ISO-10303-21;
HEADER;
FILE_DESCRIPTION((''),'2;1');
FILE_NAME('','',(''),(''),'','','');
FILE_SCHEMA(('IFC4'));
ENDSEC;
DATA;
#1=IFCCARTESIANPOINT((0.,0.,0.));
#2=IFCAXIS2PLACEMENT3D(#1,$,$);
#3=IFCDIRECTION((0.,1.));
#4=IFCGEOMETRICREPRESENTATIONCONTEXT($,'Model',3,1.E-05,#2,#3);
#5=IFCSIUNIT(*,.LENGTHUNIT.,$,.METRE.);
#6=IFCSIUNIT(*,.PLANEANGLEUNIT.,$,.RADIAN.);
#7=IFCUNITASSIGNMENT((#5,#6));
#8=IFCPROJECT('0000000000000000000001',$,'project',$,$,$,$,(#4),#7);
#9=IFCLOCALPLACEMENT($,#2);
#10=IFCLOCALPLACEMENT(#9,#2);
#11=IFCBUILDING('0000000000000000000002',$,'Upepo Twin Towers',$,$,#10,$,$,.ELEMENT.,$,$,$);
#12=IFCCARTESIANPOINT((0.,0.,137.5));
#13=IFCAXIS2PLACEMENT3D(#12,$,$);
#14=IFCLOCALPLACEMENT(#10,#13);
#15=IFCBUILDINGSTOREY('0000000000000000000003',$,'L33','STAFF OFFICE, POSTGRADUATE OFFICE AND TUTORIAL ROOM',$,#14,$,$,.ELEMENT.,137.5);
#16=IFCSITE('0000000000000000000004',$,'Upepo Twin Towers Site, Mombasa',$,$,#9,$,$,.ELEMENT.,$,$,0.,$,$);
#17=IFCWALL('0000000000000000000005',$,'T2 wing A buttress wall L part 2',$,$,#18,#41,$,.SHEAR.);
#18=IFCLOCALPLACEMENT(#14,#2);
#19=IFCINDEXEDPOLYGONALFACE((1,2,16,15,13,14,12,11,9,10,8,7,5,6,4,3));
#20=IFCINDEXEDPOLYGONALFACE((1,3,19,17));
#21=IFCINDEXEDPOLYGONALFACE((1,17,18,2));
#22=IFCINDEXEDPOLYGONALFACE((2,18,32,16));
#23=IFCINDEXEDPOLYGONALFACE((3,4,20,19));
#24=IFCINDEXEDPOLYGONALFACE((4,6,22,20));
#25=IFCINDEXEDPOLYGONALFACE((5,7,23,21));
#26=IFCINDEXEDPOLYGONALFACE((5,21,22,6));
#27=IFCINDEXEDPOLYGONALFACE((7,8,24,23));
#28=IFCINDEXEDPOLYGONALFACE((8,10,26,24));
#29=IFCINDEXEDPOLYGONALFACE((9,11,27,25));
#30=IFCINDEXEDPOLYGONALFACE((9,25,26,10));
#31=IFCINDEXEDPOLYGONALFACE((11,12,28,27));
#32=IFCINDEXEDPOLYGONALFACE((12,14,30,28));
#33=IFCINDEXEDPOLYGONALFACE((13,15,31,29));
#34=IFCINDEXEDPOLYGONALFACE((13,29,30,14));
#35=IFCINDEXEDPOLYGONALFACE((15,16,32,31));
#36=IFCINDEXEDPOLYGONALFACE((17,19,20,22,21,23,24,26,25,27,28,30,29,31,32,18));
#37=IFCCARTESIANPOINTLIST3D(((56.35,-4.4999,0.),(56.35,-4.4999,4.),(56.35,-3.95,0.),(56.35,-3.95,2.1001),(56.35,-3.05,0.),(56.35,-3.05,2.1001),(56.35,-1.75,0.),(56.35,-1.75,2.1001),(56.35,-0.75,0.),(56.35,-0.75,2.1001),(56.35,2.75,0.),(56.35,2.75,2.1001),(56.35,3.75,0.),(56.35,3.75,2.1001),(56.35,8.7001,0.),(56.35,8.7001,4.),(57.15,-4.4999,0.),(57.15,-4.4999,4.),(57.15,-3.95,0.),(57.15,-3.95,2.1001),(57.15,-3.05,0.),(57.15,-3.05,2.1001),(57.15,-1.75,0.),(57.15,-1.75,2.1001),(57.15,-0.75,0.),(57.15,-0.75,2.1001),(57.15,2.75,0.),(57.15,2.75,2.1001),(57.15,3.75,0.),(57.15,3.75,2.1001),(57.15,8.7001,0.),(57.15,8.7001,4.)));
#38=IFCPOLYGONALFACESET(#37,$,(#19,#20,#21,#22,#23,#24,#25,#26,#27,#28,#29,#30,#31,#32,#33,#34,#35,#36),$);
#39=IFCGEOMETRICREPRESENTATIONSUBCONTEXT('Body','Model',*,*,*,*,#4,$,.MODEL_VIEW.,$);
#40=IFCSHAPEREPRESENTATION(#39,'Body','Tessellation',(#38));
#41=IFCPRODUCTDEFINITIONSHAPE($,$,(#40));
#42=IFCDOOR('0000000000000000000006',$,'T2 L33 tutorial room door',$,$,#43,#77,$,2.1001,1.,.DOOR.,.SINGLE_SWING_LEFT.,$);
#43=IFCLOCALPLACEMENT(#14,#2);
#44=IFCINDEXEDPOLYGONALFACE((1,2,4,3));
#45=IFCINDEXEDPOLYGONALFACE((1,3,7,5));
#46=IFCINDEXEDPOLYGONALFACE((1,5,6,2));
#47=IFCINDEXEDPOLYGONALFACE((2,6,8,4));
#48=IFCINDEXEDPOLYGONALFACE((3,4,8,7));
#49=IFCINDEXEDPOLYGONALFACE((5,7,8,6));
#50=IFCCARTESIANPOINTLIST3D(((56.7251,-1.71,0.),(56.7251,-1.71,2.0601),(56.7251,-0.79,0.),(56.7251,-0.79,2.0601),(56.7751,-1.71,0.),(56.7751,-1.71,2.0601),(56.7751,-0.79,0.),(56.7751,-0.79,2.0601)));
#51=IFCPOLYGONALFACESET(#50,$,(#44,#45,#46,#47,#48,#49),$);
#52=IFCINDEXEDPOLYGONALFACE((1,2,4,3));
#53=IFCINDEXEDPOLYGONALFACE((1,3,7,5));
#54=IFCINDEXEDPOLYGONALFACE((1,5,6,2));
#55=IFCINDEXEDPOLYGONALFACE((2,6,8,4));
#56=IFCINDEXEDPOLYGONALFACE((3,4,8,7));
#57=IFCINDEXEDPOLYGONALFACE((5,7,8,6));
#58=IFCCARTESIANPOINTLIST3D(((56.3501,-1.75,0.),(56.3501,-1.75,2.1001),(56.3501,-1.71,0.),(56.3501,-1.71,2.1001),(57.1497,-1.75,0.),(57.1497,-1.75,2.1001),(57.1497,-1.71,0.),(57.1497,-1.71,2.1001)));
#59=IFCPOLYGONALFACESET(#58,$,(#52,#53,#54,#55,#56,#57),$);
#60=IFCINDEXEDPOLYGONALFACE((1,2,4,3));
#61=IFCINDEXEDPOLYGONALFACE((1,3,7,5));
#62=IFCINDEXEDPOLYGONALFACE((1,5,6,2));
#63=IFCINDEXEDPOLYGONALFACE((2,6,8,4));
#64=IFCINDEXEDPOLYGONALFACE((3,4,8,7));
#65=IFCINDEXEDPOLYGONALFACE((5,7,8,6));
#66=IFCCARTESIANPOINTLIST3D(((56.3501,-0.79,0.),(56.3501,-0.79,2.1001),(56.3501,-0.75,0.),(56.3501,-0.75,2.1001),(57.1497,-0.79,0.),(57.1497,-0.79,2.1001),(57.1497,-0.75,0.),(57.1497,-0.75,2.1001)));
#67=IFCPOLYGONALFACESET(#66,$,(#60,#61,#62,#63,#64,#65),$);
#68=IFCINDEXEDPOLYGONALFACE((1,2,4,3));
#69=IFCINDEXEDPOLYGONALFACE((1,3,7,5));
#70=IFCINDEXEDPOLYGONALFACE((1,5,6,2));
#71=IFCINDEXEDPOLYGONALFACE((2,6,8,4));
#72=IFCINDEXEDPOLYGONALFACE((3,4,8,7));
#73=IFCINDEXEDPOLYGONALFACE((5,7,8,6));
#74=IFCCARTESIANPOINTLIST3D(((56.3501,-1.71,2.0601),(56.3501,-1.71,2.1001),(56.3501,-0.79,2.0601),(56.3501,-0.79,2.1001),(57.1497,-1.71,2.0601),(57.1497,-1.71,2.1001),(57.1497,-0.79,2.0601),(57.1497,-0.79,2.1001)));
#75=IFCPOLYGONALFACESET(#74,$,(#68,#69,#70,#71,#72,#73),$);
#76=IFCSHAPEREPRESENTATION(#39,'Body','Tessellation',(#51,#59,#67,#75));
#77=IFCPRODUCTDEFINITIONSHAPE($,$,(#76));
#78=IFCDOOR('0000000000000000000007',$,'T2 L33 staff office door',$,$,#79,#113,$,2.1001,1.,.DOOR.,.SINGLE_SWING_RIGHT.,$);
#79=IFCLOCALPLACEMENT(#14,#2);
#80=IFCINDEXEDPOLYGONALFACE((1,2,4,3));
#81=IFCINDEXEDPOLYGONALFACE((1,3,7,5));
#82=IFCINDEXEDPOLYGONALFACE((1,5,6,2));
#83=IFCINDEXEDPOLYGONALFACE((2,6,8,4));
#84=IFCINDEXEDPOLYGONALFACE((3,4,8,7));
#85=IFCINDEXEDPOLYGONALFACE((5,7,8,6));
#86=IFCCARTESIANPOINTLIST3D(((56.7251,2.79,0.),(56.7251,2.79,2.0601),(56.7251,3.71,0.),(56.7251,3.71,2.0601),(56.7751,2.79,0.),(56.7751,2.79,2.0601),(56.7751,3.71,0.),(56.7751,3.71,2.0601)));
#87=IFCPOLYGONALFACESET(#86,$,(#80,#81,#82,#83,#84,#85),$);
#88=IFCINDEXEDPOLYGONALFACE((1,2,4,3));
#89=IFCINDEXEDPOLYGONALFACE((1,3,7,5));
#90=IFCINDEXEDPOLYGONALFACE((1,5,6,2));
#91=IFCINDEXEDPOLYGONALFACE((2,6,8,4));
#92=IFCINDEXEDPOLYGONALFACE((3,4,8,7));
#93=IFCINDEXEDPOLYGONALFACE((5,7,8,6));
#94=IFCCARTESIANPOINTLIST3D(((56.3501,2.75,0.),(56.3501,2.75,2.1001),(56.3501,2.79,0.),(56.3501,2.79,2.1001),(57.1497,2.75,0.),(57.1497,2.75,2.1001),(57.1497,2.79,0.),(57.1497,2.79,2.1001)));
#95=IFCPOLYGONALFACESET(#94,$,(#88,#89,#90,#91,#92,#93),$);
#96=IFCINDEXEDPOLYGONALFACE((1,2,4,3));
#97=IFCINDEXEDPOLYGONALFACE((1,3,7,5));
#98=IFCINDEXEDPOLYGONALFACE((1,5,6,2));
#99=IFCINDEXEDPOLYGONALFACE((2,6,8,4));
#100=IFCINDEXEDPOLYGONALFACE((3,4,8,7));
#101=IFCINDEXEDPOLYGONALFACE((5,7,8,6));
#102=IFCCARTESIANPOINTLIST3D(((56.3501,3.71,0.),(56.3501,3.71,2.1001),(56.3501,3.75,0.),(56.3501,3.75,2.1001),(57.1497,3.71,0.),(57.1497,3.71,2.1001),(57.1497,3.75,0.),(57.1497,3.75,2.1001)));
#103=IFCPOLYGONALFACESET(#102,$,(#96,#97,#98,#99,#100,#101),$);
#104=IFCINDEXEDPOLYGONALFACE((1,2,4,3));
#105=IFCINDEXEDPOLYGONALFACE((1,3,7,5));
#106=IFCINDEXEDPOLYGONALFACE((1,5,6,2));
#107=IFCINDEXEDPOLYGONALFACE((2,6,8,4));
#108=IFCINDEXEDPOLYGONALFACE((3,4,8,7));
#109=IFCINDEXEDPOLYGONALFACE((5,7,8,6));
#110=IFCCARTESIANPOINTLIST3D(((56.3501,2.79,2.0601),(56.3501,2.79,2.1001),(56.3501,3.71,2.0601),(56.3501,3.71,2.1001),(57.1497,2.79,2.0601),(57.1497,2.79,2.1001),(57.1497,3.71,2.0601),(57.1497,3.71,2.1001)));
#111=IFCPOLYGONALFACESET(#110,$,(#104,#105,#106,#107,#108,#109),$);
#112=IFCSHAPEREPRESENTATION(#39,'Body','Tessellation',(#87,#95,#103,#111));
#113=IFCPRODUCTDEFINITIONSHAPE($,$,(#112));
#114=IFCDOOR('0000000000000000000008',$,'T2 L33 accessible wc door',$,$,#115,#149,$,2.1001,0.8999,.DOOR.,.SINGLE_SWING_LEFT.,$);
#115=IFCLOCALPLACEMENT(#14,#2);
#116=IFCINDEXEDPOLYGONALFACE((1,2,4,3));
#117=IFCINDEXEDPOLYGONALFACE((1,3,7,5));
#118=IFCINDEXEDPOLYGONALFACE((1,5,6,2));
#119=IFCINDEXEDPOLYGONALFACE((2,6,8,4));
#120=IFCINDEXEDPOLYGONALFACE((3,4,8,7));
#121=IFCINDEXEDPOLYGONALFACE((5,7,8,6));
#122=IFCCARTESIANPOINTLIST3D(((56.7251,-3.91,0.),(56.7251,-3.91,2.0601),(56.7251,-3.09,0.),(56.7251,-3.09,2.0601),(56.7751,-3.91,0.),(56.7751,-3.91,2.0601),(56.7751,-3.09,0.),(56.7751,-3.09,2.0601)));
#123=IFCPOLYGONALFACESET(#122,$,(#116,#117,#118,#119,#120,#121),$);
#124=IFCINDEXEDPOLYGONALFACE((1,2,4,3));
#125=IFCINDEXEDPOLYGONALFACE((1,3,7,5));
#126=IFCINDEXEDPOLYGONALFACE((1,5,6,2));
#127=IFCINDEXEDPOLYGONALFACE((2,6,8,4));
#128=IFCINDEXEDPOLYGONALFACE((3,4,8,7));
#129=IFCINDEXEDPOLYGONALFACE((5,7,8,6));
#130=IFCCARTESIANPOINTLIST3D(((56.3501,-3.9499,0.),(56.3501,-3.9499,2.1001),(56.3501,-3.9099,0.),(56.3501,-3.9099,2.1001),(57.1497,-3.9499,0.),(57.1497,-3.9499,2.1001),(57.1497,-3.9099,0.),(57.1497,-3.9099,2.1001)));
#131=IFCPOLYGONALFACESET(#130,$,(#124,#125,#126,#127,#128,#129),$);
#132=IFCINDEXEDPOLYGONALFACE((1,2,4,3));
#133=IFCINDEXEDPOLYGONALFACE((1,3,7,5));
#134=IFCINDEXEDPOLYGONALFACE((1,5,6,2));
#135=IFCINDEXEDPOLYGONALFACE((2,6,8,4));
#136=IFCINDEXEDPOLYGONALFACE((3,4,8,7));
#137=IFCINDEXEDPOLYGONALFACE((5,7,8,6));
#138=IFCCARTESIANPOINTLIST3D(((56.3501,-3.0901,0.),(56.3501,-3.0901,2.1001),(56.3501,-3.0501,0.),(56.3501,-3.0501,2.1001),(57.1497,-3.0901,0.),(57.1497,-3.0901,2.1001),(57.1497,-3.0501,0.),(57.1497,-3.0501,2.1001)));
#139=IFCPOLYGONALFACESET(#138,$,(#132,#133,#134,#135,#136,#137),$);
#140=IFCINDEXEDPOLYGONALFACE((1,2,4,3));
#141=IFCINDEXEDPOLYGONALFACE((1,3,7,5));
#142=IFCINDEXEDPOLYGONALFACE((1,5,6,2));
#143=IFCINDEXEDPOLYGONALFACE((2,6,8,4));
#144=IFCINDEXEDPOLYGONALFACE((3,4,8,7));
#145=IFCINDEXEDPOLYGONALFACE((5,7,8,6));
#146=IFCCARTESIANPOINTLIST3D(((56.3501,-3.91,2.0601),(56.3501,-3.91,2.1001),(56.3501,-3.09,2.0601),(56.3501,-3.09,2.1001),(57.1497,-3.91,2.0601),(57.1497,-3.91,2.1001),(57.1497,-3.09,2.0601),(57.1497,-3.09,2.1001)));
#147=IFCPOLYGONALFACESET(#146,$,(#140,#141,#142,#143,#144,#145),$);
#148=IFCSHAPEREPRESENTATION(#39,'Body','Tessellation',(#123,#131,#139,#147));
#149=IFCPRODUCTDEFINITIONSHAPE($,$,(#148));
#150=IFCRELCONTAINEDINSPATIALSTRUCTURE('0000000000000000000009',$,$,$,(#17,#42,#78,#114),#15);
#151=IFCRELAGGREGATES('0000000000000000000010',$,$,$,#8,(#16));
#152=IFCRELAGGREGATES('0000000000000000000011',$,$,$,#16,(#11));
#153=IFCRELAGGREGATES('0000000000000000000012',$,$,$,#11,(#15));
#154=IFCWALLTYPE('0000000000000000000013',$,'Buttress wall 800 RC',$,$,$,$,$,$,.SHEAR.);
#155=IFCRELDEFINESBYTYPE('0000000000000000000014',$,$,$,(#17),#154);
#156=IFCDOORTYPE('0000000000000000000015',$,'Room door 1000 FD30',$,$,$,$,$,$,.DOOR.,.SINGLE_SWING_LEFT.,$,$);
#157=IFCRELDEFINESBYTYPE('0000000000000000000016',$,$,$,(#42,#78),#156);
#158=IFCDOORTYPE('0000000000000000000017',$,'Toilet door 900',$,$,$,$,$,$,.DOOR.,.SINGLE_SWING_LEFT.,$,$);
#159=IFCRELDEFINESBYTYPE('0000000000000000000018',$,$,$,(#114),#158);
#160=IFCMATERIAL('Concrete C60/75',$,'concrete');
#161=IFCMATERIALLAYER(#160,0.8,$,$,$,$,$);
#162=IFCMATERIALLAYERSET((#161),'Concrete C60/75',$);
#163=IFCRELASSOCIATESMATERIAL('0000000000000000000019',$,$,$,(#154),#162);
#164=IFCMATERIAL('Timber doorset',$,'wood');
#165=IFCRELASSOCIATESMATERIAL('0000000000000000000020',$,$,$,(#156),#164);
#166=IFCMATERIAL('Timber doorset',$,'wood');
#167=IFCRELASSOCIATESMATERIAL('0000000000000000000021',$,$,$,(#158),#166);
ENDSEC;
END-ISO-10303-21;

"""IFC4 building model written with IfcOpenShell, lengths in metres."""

from ifc_helpers import new_model, si_unit, direction, frame, frame_2d, origin, place, context, subcontext, project, spatial, rectangle, extrude, material, layer, layer_set, type_object, element, fill, save


model = new_model("IFC4")

# Units and contexts
model_context = context("Model", 3, precision=1e-05, world=origin(), true_north=direction((0.0, 1.0)))
body_context = subcontext(model_context, "Body", "Model", "MODEL_VIEW")
ifc_project = project(units=[si_unit("LENGTHUNIT", "METRE"), si_unit("PLANEANGLEUNIT", "RADIAN")], contexts=[model_context])

# Site, building, storey
site_placement = place(None, origin())
site = spatial("IfcSite", under=ifc_project, at=site_placement, Name="Upepo Twin Towers Site, Mombasa", CompositionType="ELEMENT", RefElevation=0.0)
building_placement = place(site_placement, origin())
building = spatial("IfcBuilding", under=site, at=building_placement, Name="Upepo Twin Towers", CompositionType="ELEMENT")
storey_placement = place(building_placement, frame((0.0, 0.0, 137.5)))
storey = spatial("IfcBuildingStorey", under=building, at=storey_placement, Name="L33", Description="STAFF OFFICE, POSTGRADUATE OFFICE AND TUTORIAL ROOM", CompositionType="ELEMENT", Elevation=137.5)

# Wall, openings, doors
ifc_material_1 = material(Name="Concrete C60/75", Category="concrete")
ifc_layer_1 = layer(ifc_material_1, 0.8)
ifc_layer_set_1 = layer_set([ifc_layer_1], Name="Concrete C60/75")
wall_type_1 = type_object("IfcWallType", Name="Buttress wall 800 RC", PredefinedType="SHEAR", material=ifc_layer_set_1)
wall_1_placement = place(storey_placement, frame((56.75, -4.5, 0.0), z_axis=(0.0, 0.0, 1.0), x_axis=(0.0, 1.0, 0.0)))
wall_1 = element("IfcWall", 1, at=wall_1_placement, inside=storey, type_object=wall_type_1, Name="T2 wing A buttress wall L part 2", PredefinedType="SHEAR", context=body_context, shape_type="SweptSolid", body=[
    extrude(rectangle(XDim=13.2, YDim=0.8, at=frame_2d((6.6001, 0.0))), origin(), (0.0, 0.0, 1.0), 4.0),
])
opening_1_placement = place(wall_1_placement, frame((0.55, 0.0, 0.0)))
opening_1 = element("IfcOpeningElement", 2, at=opening_1_placement, cuts=wall_1, PredefinedType="OPENING", context=body_context, shape_type="SweptSolid", body=[
    extrude(rectangle(XDim=0.8999, YDim=2.1001, at=frame_2d((0.45, 1.05))), frame((0.0, 0.4099, 0.0), z_axis=(0.0, -1.0, 0.0), x_axis=(1.0, 0.0, 0.0)), (0.0, 0.0, 1.0), 0.8201),
])
opening_2_placement = place(wall_1_placement, frame((2.75, 0.0, 0.0)))
opening_2 = element("IfcOpeningElement", 3, at=opening_2_placement, cuts=wall_1, PredefinedType="OPENING", context=body_context, shape_type="SweptSolid", body=[
    extrude(rectangle(XDim=1.0, YDim=2.1001, at=frame_2d((0.5, 1.05))), frame((0.0, 0.4099, 0.0), z_axis=(0.0, -1.0, 0.0), x_axis=(1.0, 0.0, 0.0)), (0.0, 0.0, 1.0), 0.8201),
])
opening_3_placement = place(wall_1_placement, frame((7.25, 0.0, 0.0)))
opening_3 = element("IfcOpeningElement", 4, at=opening_3_placement, cuts=wall_1, PredefinedType="OPENING", context=body_context, shape_type="SweptSolid", body=[
    extrude(rectangle(XDim=1.0, YDim=2.1001, at=frame_2d((0.5, 1.05))), frame((0.0, 0.4099, 0.0), z_axis=(0.0, -1.0, 0.0), x_axis=(1.0, 0.0, 0.0)), (0.0, 0.0, 1.0), 0.8201),
])
ifc_material_2 = material(Name="Timber doorset", Category="wood")
door_type_1 = type_object("IfcDoorType", Name="Room door 1000 FD30", OperationType="SINGLE_SWING_LEFT", PredefinedType="DOOR", material=ifc_material_2)
door_1_placement = place(opening_2_placement, origin())
door_1 = element("IfcDoor", 5, at=door_1_placement, inside=storey, type_object=door_type_1, Name="T2 L33 tutorial room door", OperationType="SINGLE_SWING_LEFT", OverallHeight=2.1001, OverallWidth=1.0, PredefinedType="DOOR", context=body_context, shape_type="SweptSolid", body=[
    extrude(rectangle(XDim=0.92, YDim=2.0601, at=frame_2d((0.5, 1.03))), frame((0.0, 0.0249, 0.0), z_axis=(0.0, -1.0, 0.0), x_axis=(1.0, 0.0, 0.0)), (0.0, 0.0, 1.0), 0.05),
    extrude(rectangle(XDim=0.04, YDim=2.1001, at=frame_2d((0.02, 1.05))), frame((0.0, 0.3999, 0.0), z_axis=(0.0, -1.0, 0.0), x_axis=(1.0, 0.0, 0.0)), (0.0, 0.0, 1.0), 0.7996),
    extrude(rectangle(XDim=0.04, YDim=2.1001, at=frame_2d((0.98, 1.05))), frame((0.0, 0.3999, 0.0), z_axis=(0.0, -1.0, 0.0), x_axis=(1.0, 0.0, 0.0)), (0.0, 0.0, 1.0), 0.7996),
    extrude(rectangle(XDim=0.92, YDim=0.04, at=frame_2d((0.5, 2.0801))), frame((0.0, 0.3999, 0.0), z_axis=(0.0, -1.0, 0.0), x_axis=(1.0, 0.0, 0.0)), (0.0, 0.0, 1.0), 0.7996),
])
fill(opening_2, door_1)
door_2_placement = place(opening_3_placement, origin())
door_2 = element("IfcDoor", 6, at=door_2_placement, inside=storey, type_object=door_type_1, Name="T2 L33 staff office door", OperationType="SINGLE_SWING_RIGHT", OverallHeight=2.1001, OverallWidth=1.0, PredefinedType="DOOR", context=body_context, shape_type="SweptSolid", body=[
    extrude(rectangle(XDim=0.92, YDim=2.0601, at=frame_2d((0.5, 1.03))), frame((0.0, 0.0249, 0.0), z_axis=(0.0, -1.0, 0.0), x_axis=(1.0, 0.0, 0.0)), (0.0, 0.0, 1.0), 0.05),
    extrude(rectangle(XDim=0.04, YDim=2.1001, at=frame_2d((0.02, 1.05))), frame((0.0, 0.3999, 0.0), z_axis=(0.0, -1.0, 0.0), x_axis=(1.0, 0.0, 0.0)), (0.0, 0.0, 1.0), 0.7996),
    extrude(rectangle(XDim=0.04, YDim=2.1001, at=frame_2d((0.98, 1.05))), frame((0.0, 0.3999, 0.0), z_axis=(0.0, -1.0, 0.0), x_axis=(1.0, 0.0, 0.0)), (0.0, 0.0, 1.0), 0.7996),
    extrude(rectangle(XDim=0.92, YDim=0.04, at=frame_2d((0.5, 2.0801))), frame((0.0, 0.3999, 0.0), z_axis=(0.0, -1.0, 0.0), x_axis=(1.0, 0.0, 0.0)), (0.0, 0.0, 1.0), 0.7996),
])
fill(opening_3, door_2)
ifc_material_3 = material(Name="Timber doorset", Category="wood")
door_type_2 = type_object("IfcDoorType", Name="Toilet door 900", OperationType="SINGLE_SWING_LEFT", PredefinedType="DOOR", material=ifc_material_3)
door_3_placement = place(opening_1_placement, origin())
door_3 = element("IfcDoor", 7, at=door_3_placement, inside=storey, type_object=door_type_2, Name="T2 L33 accessible wc door", OperationType="SINGLE_SWING_LEFT", OverallHeight=2.1001, OverallWidth=0.8999, PredefinedType="DOOR", context=body_context, shape_type="SweptSolid", body=[
    extrude(rectangle(XDim=0.8199, YDim=2.0601, at=frame_2d((0.45, 1.03))), frame((0.0, 0.0249, 0.0), z_axis=(0.0, -1.0, 0.0), x_axis=(1.0, 0.0, 0.0)), (0.0, 0.0, 1.0), 0.05),
    extrude(rectangle(XDim=0.04, YDim=2.1001, at=frame_2d((0.02, 1.05))), frame((0.0, 0.3999, 0.0), z_axis=(0.0, -1.0, 0.0), x_axis=(1.0, 0.0, 0.0)), (0.0, 0.0, 1.0), 0.7996),
    extrude(rectangle(XDim=0.04, YDim=2.1001, at=frame_2d((0.8799, 1.05))), frame((0.0, 0.3999, 0.0), z_axis=(0.0, -1.0, 0.0), x_axis=(1.0, 0.0, 0.0)), (0.0, 0.0, 1.0), 0.7996),
    extrude(rectangle(XDim=0.8199, YDim=0.04, at=frame_2d((0.45, 2.0801))), frame((0.0, 0.3999, 0.0), z_axis=(0.0, -1.0, 0.0), x_axis=(1.0, 0.0, 0.0)), (0.0, 0.0, 1.0), 0.7996),
])
fill(opening_1, door_3)

save(model, "model.ifc")
